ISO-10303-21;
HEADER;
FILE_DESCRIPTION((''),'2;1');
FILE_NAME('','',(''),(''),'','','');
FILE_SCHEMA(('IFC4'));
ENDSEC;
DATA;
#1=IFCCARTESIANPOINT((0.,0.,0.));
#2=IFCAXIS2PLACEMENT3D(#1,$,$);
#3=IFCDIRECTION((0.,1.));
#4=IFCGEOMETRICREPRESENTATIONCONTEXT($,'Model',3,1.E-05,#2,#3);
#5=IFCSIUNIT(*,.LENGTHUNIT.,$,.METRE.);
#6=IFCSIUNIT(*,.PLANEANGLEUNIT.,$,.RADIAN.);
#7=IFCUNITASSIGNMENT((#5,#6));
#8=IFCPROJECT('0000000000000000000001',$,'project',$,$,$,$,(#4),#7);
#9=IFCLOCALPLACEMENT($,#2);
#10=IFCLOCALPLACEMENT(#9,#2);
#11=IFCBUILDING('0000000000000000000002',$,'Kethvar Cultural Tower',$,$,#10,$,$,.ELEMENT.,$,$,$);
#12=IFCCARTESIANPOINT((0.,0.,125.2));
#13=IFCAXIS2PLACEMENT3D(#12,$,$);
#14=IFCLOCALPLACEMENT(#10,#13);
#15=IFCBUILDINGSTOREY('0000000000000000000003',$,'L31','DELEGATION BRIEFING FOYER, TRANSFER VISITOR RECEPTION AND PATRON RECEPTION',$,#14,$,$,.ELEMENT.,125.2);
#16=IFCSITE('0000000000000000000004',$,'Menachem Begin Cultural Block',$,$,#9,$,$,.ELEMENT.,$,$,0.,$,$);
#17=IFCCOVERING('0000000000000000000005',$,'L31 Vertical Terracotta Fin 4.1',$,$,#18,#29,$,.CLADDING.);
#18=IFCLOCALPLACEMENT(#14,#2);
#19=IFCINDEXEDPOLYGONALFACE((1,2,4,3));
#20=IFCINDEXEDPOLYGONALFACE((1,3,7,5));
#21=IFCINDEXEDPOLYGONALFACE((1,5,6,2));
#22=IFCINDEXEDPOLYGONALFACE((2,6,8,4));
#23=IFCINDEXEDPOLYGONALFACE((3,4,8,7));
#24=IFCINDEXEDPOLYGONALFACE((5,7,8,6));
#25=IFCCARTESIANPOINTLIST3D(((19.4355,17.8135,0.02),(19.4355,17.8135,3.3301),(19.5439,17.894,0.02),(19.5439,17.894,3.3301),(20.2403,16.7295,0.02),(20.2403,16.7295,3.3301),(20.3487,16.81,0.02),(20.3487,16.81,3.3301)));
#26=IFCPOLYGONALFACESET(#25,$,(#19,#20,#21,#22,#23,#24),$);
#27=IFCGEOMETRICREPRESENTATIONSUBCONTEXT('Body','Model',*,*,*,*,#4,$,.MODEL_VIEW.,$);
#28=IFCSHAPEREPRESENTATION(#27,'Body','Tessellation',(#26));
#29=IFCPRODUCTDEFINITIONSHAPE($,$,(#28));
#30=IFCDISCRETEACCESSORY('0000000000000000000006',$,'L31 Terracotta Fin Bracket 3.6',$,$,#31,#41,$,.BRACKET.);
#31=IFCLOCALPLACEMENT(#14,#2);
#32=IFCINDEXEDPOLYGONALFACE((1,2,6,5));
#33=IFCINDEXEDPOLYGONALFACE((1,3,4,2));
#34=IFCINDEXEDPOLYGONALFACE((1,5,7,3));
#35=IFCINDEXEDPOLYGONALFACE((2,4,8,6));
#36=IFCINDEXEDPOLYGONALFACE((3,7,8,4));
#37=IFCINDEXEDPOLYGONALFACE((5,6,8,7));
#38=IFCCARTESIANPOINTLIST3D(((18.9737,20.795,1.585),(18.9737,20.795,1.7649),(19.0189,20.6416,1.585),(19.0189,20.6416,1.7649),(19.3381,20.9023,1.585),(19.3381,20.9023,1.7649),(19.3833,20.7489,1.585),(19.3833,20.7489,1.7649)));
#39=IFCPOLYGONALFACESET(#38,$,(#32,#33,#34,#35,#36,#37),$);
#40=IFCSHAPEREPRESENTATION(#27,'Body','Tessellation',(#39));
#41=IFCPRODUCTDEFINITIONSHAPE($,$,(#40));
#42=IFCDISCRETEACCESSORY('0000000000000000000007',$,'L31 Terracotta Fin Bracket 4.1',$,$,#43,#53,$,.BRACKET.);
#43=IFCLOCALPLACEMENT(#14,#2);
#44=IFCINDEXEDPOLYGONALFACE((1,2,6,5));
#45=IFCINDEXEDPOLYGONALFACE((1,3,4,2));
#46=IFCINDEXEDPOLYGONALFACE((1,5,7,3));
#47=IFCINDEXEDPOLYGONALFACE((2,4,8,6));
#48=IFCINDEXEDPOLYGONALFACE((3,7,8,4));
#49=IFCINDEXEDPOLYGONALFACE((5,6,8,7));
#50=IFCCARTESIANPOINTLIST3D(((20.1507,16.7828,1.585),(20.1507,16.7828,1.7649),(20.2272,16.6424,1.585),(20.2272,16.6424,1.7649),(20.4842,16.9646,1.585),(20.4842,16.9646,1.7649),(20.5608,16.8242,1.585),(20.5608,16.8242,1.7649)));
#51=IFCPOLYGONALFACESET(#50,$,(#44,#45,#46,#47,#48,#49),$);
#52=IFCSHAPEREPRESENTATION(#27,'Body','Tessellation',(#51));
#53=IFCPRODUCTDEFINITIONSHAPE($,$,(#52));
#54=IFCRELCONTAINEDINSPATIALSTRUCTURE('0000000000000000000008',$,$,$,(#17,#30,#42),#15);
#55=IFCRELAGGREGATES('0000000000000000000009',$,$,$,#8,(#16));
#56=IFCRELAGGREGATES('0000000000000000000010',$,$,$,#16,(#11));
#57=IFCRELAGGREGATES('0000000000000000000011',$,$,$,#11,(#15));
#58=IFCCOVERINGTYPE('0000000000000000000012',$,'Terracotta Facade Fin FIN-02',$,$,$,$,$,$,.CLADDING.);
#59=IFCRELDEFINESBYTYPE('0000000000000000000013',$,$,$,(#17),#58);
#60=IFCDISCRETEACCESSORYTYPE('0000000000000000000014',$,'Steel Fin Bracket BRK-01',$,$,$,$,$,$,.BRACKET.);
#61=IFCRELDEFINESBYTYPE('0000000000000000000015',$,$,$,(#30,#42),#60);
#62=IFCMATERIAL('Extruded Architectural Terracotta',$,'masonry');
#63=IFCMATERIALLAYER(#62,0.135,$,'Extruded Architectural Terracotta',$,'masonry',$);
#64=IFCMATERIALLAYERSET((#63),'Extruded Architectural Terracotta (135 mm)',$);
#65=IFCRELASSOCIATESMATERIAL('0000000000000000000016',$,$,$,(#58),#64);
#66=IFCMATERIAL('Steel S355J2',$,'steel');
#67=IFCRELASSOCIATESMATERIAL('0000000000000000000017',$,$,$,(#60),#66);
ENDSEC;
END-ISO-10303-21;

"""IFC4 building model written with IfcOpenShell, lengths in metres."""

from ifc_helpers import new_model, si_unit, direction, frame, origin, origin_2d, place, context, subcontext, project, spatial, rectangle, extrude, source, transform, mapped, material, layer, layer_set, type_object, element, save


model = new_model("IFC4")

# Units and contexts
model_context = context("Model", 3, precision=1e-05, world=origin(), true_north=direction((0.0, 1.0)))
body_context = subcontext(model_context, "Body", "Model", "MODEL_VIEW")
ifc_project = project(units=[si_unit("LENGTHUNIT", "METRE"), si_unit("PLANEANGLEUNIT", "RADIAN")], contexts=[model_context])

# Site, building, storey
site_placement = place(None, origin())
site = spatial("IfcSite", under=ifc_project, at=site_placement, Name="Menachem Begin Cultural Block", CompositionType="ELEMENT", RefElevation=0.0)
building_placement = place(site_placement, origin())
building = spatial("IfcBuilding", under=site, at=building_placement, Name="Kethvar Cultural Tower", CompositionType="ELEMENT")
storey_placement = place(building_placement, frame((0.0, 0.0, 125.2)))
storey = spatial("IfcBuildingStorey", under=building, at=storey_placement, Name="L31", Description="DELEGATION BRIEFING FOYER, TRANSFER VISITOR RECEPTION AND PATRON RECEPTION", CompositionType="ELEMENT", Elevation=125.2)

# Covering
ifc_material_1 = material(Name="Extruded Architectural Terracotta", Category="masonry")
ifc_layer_1 = layer(ifc_material_1, 0.135, Name="Extruded Architectural Terracotta", Category="masonry")
ifc_layer_set_1 = layer_set([ifc_layer_1], Name="Extruded Architectural Terracotta (135 mm)")
covering_type_1 = type_object("IfcCoveringType", Name="Terracotta Facade Fin FIN-02", PredefinedType="CLADDING", material=ifc_layer_set_1)
shared_shape_1 = source(origin(), body_context, "Body", "SweptSolid", [
    extrude(rectangle(XDim=1.3501, YDim=0.135, at=origin_2d()), origin(), (0.0, 0.0, 1.0), 3.3101),
])
for number, where, z_axis, x_axis, name in (
    (1, (19.8921, 17.3118, 0.02), (0.0, 0.0, 1.0), (-0.596085, 0.802922, 0.0), "L31 Vertical Terracotta Fin 4.1"),
):
    element("IfcCovering", number, at=place(storey_placement, frame(where, z_axis=z_axis, x_axis=x_axis)), inside=storey, type_object=covering_type_1, Name=name, PredefinedType="CLADDING", context=body_context, shape_type="MappedRepresentation", body=[
        mapped(shared_shape_1, transform((0.0, 0.0, 0.0), scale=1.0)),
    ])

# Discrete accessories
ifc_material_2 = material(Name="Steel S355J2", Category="steel")
discrete_accessory_type = type_object("IfcDiscreteAccessoryType", Name="Steel Fin Bracket BRK-01", PredefinedType="BRACKET", material=ifc_material_2)
shared_shape_2 = source(origin(), body_context, "Body", "SweptSolid", [
    extrude(rectangle(XDim=0.3799, YDim=0.1599, at=origin_2d()), origin(), (0.0, 0.0, 1.0), 0.1799),
])
for number, where, z_axis, x_axis, name in (
    (2, (19.1785, 20.772, 1.585), (0.0, 0.0, 1.0), (-0.959265, -0.282509, 0.0), "L31 Terracotta Fin Bracket 3.6"),
    (3, (20.3557, 16.8035, 1.585), (0.0, 0.0, 1.0), (-0.878067, -0.478539, 0.0), "L31 Terracotta Fin Bracket 4.1"),
):
    element("IfcDiscreteAccessory", number, at=place(storey_placement, frame(where, z_axis=z_axis, x_axis=x_axis)), inside=storey, type_object=discrete_accessory_type, Name=name, PredefinedType="BRACKET", context=body_context, shape_type="MappedRepresentation", body=[
        mapped(shared_shape_2, transform((0.0, 0.0, 0.0), scale=1.0)),
    ])

save(model, "model.ifc")
